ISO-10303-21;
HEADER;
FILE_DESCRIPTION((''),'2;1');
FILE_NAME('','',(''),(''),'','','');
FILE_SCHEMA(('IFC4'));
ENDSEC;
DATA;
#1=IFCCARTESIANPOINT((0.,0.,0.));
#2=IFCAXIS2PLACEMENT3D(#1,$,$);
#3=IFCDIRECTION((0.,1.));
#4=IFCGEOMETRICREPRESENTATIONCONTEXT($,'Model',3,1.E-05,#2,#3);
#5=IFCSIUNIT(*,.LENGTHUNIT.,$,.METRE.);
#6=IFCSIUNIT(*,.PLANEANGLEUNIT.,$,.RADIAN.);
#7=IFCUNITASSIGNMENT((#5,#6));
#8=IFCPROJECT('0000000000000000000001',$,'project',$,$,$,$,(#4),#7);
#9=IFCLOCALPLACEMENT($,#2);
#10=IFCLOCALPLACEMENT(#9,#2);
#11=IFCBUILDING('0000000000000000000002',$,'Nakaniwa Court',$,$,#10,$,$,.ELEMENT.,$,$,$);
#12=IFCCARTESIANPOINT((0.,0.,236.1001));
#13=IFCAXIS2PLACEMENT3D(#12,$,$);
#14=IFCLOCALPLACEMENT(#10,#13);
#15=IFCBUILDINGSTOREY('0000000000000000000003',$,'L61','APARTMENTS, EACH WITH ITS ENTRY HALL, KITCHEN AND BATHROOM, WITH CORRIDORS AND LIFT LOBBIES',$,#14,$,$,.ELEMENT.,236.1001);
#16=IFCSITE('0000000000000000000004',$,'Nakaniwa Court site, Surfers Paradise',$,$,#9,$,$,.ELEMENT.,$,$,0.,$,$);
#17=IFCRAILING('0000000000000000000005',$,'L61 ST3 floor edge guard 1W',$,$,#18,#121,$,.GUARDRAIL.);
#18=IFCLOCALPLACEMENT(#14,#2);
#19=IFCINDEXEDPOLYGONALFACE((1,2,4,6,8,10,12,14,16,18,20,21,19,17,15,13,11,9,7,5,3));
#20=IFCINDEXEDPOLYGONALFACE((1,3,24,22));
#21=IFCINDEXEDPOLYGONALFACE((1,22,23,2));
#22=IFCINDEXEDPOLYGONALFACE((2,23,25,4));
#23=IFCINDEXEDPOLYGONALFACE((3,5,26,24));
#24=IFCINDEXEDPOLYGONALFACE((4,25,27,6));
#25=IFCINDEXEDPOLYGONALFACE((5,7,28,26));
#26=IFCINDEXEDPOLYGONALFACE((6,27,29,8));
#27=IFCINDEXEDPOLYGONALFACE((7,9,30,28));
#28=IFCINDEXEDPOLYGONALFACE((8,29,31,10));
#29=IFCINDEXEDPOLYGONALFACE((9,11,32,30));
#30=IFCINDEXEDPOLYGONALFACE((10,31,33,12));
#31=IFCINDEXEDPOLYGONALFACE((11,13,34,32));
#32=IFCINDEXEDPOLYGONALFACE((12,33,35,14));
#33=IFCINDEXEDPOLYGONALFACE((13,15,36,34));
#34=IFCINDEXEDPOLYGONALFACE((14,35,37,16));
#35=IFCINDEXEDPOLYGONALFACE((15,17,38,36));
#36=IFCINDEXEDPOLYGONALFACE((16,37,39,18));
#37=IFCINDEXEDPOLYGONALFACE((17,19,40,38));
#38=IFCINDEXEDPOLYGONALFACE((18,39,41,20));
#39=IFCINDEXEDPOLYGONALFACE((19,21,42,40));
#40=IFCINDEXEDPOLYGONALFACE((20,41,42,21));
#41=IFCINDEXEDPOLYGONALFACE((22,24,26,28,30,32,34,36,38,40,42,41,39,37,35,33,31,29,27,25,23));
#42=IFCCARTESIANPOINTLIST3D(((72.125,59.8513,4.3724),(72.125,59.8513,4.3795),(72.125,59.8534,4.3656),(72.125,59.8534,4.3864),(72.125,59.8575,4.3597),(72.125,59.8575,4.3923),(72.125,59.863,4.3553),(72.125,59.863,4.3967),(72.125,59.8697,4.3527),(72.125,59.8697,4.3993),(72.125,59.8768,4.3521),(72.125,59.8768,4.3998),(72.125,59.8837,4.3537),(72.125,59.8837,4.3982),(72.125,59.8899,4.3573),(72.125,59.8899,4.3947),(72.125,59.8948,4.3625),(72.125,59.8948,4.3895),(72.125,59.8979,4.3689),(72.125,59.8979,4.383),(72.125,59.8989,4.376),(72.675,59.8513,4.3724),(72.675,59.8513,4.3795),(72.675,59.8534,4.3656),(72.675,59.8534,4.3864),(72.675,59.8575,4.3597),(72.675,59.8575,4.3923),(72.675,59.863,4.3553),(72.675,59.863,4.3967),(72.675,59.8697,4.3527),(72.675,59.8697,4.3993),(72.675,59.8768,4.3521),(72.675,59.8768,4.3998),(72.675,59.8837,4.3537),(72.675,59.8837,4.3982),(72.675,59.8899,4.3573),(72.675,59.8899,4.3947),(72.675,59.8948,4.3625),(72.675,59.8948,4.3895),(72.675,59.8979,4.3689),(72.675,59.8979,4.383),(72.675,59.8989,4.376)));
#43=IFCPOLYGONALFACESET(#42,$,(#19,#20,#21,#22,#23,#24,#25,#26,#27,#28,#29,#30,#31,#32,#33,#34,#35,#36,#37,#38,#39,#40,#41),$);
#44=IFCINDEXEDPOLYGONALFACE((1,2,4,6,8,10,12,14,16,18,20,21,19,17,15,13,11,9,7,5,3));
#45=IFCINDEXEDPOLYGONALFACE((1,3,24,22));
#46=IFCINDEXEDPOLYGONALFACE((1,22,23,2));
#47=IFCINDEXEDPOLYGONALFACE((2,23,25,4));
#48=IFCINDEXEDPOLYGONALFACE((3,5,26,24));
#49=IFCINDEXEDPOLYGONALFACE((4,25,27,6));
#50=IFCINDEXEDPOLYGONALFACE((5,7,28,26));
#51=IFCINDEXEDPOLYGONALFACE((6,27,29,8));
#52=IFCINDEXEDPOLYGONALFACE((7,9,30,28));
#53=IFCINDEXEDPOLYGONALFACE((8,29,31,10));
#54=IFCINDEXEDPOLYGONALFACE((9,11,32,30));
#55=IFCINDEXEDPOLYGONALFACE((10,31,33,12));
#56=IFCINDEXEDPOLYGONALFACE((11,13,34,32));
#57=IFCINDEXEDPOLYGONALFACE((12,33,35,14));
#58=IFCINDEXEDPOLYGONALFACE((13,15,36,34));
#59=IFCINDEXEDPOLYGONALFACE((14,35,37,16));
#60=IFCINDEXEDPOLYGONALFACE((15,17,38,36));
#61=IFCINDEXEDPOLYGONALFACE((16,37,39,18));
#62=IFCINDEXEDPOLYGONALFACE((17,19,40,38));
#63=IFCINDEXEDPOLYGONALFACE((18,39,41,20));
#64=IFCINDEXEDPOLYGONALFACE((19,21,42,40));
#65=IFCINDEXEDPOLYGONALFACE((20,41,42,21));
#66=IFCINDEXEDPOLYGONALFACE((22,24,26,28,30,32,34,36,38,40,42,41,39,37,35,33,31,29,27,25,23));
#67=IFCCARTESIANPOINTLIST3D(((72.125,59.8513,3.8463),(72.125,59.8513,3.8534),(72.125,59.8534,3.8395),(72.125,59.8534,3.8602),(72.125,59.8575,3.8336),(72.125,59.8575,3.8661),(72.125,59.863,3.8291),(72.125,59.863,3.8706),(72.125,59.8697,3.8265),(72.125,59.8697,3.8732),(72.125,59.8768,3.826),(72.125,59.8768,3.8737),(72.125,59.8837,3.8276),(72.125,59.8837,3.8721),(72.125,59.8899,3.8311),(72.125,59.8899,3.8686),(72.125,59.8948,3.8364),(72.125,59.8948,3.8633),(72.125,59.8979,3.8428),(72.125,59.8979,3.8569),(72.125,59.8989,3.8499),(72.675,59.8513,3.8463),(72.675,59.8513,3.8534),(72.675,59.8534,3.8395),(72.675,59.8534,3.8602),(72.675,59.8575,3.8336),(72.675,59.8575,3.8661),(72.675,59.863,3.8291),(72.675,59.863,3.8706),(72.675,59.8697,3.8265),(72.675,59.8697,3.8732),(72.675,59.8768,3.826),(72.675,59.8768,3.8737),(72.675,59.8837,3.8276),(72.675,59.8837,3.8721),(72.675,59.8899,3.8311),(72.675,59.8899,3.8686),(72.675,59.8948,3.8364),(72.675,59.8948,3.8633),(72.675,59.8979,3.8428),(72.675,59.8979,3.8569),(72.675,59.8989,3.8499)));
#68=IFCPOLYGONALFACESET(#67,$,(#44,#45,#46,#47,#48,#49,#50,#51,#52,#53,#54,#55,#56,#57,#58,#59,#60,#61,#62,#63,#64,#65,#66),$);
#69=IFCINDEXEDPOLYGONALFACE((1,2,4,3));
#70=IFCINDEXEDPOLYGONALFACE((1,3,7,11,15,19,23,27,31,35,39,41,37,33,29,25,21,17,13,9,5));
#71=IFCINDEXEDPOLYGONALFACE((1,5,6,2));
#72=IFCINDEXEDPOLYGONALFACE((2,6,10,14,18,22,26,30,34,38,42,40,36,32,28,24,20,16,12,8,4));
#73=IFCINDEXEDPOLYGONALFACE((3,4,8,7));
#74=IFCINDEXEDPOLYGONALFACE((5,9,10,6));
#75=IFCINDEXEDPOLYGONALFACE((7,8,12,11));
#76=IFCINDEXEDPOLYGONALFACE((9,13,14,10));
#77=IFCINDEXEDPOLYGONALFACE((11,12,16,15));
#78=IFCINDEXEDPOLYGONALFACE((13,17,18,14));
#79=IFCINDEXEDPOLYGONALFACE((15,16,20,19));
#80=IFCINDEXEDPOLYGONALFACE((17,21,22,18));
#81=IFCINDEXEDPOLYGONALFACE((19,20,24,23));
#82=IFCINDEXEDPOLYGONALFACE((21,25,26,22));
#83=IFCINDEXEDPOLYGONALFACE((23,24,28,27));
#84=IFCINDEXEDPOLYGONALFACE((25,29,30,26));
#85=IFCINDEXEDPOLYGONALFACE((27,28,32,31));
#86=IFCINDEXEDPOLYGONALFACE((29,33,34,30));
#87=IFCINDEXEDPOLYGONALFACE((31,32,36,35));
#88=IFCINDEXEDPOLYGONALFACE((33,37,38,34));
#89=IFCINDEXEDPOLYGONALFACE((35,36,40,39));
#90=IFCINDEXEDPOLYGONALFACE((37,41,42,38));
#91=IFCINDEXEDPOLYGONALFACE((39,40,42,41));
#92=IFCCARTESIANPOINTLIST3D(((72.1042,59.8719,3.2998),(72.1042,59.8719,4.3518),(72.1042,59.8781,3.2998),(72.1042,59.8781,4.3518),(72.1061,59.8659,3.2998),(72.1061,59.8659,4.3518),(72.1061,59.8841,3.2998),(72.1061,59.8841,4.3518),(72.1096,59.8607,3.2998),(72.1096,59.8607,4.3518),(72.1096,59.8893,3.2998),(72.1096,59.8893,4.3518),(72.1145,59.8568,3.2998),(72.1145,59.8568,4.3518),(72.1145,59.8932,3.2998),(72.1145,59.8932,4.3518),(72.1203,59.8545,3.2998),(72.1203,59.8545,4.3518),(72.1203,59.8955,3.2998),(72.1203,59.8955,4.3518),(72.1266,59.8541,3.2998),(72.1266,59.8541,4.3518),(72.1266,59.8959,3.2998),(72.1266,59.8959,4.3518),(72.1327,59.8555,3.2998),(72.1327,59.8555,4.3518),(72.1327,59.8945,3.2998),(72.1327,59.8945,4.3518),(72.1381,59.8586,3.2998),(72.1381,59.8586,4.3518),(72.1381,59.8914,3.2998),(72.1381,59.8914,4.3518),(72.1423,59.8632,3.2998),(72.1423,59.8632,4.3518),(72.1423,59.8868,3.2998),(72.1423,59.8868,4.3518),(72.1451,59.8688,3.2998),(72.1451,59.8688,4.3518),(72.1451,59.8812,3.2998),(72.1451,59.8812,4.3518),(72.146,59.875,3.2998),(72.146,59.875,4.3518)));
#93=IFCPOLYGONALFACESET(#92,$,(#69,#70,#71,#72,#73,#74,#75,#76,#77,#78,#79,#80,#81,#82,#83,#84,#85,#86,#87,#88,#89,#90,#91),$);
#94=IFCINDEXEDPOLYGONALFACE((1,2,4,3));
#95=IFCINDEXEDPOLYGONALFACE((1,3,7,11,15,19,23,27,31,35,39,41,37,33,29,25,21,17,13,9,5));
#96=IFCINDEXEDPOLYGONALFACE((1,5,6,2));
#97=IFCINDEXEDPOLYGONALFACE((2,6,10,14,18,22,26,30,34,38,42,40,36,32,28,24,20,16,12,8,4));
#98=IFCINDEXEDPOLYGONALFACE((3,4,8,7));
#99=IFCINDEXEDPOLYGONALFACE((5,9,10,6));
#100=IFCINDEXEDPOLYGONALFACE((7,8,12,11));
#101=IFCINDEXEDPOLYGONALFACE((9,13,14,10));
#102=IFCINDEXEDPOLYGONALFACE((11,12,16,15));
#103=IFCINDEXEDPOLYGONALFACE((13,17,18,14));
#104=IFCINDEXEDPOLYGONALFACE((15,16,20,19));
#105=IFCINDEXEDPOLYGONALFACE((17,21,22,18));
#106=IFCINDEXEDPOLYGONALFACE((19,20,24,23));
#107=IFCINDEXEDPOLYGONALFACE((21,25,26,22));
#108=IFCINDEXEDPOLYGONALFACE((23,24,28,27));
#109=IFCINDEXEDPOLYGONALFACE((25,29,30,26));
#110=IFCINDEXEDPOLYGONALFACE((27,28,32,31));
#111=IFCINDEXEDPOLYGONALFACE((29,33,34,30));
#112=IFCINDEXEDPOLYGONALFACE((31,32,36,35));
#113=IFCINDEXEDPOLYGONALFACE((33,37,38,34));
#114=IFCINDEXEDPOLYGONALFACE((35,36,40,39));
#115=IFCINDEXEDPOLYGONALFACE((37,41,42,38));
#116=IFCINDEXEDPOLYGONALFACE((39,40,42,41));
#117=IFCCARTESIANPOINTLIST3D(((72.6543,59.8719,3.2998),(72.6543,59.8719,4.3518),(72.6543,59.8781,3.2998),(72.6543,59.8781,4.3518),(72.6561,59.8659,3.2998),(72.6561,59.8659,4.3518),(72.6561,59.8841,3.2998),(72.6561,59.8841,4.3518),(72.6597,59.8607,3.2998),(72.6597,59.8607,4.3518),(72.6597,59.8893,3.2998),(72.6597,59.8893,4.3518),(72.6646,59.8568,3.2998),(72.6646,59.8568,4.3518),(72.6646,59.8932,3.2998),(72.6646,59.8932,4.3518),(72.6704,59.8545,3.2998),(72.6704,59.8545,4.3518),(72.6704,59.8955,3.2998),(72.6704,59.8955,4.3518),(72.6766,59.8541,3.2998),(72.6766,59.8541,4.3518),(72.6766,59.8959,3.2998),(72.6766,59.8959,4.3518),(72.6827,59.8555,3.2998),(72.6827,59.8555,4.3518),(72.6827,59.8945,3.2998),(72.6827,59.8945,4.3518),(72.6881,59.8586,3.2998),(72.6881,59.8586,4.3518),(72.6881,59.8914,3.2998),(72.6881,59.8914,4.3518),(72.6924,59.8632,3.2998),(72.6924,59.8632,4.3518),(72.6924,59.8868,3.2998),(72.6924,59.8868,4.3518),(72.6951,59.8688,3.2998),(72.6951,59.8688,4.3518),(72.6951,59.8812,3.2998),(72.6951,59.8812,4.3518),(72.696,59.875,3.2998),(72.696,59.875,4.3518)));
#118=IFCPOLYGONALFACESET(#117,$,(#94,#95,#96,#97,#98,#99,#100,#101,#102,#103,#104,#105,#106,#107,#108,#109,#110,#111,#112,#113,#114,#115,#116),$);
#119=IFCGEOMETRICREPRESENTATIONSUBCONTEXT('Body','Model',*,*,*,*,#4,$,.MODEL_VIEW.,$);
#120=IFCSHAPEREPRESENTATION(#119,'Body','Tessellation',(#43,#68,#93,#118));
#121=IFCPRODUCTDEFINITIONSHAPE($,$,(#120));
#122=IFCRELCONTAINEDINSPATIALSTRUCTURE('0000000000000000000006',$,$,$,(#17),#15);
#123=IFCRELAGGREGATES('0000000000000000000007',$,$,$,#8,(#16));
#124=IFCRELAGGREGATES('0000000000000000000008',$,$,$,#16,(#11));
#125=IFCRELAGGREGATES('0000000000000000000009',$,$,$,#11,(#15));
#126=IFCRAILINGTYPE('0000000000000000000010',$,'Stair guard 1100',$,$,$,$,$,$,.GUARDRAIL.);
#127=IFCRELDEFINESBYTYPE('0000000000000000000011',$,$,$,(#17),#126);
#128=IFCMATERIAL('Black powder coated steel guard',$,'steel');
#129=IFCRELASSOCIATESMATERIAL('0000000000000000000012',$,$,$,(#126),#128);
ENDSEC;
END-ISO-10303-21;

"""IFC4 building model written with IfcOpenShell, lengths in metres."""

from ifc_helpers import new_model, si_unit, direction, frame, origin, origin_2d, place, context, subcontext, project, spatial, circle, extrude, material, type_object, element, save


model = new_model("IFC4")

# Units and contexts
model_context = context("Model", 3, precision=1e-05, world=origin(), true_north=direction((0.0, 1.0)))
body_context = subcontext(model_context, "Body", "Model", "MODEL_VIEW")
ifc_project = project(units=[si_unit("LENGTHUNIT", "METRE"), si_unit("PLANEANGLEUNIT", "RADIAN")], contexts=[model_context])

# Site, building, storey
site_placement = place(None, origin())
site = spatial("IfcSite", under=ifc_project, at=site_placement, Name="Nakaniwa Court site, Surfers Paradise", CompositionType="ELEMENT", RefElevation=0.0)
building_placement = place(site_placement, origin())
building = spatial("IfcBuilding", under=site, at=building_placement, Name="Nakaniwa Court", CompositionType="ELEMENT")
storey_placement = place(building_placement, frame((0.0, 0.0, 236.1001)))
storey = spatial("IfcBuildingStorey", under=building, at=storey_placement, Name="L61", Description="APARTMENTS, EACH WITH ITS ENTRY HALL, KITCHEN AND BATHROOM, WITH CORRIDORS AND LIFT LOBBIES", CompositionType="ELEMENT", Elevation=236.1001)

# Railing
ifc_material_1 = material(Name="Black powder coated steel guard", Category="steel")
railing_type_1 = type_object("IfcRailingType", Name="Stair guard 1100", PredefinedType="GUARDRAIL", material=ifc_material_1)
for number, where, name in (
    (1, (72.125, 59.875, 3.2998), "L61 ST3 floor edge guard 1W"),
):
    element("IfcRailing", number, at=place(storey_placement, frame(where)), inside=storey, type_object=railing_type_1, Name=name, PredefinedType="GUARDRAIL", context=body_context, shape_type="SweptSolid", body=[
        extrude(circle(Radius=0.0239, at=origin_2d()), frame((0.0, 0.0, 1.0762), z_axis=(1.0, 0.0, 0.0), x_axis=(0.0, 1.0, 0.0)), (0.0, 0.0, 1.0), 0.55),
        extrude(circle(Radius=0.0239, at=origin_2d()), frame((0.0, 0.0, 0.55), z_axis=(1.0, 0.0, 0.0), x_axis=(0.0, 1.0, 0.0)), (0.0, 0.0, 1.0), 0.55),
        extrude(circle(Radius=0.021, at=origin_2d()), origin(), (0.0, 0.0, 1.0), 1.052),
        extrude(circle(Radius=0.021, at=origin_2d()), frame((0.55, 0.0, 0.0)), (0.0, 0.0, 1.0), 1.052),
    ])

save(model, "model.ifc")
